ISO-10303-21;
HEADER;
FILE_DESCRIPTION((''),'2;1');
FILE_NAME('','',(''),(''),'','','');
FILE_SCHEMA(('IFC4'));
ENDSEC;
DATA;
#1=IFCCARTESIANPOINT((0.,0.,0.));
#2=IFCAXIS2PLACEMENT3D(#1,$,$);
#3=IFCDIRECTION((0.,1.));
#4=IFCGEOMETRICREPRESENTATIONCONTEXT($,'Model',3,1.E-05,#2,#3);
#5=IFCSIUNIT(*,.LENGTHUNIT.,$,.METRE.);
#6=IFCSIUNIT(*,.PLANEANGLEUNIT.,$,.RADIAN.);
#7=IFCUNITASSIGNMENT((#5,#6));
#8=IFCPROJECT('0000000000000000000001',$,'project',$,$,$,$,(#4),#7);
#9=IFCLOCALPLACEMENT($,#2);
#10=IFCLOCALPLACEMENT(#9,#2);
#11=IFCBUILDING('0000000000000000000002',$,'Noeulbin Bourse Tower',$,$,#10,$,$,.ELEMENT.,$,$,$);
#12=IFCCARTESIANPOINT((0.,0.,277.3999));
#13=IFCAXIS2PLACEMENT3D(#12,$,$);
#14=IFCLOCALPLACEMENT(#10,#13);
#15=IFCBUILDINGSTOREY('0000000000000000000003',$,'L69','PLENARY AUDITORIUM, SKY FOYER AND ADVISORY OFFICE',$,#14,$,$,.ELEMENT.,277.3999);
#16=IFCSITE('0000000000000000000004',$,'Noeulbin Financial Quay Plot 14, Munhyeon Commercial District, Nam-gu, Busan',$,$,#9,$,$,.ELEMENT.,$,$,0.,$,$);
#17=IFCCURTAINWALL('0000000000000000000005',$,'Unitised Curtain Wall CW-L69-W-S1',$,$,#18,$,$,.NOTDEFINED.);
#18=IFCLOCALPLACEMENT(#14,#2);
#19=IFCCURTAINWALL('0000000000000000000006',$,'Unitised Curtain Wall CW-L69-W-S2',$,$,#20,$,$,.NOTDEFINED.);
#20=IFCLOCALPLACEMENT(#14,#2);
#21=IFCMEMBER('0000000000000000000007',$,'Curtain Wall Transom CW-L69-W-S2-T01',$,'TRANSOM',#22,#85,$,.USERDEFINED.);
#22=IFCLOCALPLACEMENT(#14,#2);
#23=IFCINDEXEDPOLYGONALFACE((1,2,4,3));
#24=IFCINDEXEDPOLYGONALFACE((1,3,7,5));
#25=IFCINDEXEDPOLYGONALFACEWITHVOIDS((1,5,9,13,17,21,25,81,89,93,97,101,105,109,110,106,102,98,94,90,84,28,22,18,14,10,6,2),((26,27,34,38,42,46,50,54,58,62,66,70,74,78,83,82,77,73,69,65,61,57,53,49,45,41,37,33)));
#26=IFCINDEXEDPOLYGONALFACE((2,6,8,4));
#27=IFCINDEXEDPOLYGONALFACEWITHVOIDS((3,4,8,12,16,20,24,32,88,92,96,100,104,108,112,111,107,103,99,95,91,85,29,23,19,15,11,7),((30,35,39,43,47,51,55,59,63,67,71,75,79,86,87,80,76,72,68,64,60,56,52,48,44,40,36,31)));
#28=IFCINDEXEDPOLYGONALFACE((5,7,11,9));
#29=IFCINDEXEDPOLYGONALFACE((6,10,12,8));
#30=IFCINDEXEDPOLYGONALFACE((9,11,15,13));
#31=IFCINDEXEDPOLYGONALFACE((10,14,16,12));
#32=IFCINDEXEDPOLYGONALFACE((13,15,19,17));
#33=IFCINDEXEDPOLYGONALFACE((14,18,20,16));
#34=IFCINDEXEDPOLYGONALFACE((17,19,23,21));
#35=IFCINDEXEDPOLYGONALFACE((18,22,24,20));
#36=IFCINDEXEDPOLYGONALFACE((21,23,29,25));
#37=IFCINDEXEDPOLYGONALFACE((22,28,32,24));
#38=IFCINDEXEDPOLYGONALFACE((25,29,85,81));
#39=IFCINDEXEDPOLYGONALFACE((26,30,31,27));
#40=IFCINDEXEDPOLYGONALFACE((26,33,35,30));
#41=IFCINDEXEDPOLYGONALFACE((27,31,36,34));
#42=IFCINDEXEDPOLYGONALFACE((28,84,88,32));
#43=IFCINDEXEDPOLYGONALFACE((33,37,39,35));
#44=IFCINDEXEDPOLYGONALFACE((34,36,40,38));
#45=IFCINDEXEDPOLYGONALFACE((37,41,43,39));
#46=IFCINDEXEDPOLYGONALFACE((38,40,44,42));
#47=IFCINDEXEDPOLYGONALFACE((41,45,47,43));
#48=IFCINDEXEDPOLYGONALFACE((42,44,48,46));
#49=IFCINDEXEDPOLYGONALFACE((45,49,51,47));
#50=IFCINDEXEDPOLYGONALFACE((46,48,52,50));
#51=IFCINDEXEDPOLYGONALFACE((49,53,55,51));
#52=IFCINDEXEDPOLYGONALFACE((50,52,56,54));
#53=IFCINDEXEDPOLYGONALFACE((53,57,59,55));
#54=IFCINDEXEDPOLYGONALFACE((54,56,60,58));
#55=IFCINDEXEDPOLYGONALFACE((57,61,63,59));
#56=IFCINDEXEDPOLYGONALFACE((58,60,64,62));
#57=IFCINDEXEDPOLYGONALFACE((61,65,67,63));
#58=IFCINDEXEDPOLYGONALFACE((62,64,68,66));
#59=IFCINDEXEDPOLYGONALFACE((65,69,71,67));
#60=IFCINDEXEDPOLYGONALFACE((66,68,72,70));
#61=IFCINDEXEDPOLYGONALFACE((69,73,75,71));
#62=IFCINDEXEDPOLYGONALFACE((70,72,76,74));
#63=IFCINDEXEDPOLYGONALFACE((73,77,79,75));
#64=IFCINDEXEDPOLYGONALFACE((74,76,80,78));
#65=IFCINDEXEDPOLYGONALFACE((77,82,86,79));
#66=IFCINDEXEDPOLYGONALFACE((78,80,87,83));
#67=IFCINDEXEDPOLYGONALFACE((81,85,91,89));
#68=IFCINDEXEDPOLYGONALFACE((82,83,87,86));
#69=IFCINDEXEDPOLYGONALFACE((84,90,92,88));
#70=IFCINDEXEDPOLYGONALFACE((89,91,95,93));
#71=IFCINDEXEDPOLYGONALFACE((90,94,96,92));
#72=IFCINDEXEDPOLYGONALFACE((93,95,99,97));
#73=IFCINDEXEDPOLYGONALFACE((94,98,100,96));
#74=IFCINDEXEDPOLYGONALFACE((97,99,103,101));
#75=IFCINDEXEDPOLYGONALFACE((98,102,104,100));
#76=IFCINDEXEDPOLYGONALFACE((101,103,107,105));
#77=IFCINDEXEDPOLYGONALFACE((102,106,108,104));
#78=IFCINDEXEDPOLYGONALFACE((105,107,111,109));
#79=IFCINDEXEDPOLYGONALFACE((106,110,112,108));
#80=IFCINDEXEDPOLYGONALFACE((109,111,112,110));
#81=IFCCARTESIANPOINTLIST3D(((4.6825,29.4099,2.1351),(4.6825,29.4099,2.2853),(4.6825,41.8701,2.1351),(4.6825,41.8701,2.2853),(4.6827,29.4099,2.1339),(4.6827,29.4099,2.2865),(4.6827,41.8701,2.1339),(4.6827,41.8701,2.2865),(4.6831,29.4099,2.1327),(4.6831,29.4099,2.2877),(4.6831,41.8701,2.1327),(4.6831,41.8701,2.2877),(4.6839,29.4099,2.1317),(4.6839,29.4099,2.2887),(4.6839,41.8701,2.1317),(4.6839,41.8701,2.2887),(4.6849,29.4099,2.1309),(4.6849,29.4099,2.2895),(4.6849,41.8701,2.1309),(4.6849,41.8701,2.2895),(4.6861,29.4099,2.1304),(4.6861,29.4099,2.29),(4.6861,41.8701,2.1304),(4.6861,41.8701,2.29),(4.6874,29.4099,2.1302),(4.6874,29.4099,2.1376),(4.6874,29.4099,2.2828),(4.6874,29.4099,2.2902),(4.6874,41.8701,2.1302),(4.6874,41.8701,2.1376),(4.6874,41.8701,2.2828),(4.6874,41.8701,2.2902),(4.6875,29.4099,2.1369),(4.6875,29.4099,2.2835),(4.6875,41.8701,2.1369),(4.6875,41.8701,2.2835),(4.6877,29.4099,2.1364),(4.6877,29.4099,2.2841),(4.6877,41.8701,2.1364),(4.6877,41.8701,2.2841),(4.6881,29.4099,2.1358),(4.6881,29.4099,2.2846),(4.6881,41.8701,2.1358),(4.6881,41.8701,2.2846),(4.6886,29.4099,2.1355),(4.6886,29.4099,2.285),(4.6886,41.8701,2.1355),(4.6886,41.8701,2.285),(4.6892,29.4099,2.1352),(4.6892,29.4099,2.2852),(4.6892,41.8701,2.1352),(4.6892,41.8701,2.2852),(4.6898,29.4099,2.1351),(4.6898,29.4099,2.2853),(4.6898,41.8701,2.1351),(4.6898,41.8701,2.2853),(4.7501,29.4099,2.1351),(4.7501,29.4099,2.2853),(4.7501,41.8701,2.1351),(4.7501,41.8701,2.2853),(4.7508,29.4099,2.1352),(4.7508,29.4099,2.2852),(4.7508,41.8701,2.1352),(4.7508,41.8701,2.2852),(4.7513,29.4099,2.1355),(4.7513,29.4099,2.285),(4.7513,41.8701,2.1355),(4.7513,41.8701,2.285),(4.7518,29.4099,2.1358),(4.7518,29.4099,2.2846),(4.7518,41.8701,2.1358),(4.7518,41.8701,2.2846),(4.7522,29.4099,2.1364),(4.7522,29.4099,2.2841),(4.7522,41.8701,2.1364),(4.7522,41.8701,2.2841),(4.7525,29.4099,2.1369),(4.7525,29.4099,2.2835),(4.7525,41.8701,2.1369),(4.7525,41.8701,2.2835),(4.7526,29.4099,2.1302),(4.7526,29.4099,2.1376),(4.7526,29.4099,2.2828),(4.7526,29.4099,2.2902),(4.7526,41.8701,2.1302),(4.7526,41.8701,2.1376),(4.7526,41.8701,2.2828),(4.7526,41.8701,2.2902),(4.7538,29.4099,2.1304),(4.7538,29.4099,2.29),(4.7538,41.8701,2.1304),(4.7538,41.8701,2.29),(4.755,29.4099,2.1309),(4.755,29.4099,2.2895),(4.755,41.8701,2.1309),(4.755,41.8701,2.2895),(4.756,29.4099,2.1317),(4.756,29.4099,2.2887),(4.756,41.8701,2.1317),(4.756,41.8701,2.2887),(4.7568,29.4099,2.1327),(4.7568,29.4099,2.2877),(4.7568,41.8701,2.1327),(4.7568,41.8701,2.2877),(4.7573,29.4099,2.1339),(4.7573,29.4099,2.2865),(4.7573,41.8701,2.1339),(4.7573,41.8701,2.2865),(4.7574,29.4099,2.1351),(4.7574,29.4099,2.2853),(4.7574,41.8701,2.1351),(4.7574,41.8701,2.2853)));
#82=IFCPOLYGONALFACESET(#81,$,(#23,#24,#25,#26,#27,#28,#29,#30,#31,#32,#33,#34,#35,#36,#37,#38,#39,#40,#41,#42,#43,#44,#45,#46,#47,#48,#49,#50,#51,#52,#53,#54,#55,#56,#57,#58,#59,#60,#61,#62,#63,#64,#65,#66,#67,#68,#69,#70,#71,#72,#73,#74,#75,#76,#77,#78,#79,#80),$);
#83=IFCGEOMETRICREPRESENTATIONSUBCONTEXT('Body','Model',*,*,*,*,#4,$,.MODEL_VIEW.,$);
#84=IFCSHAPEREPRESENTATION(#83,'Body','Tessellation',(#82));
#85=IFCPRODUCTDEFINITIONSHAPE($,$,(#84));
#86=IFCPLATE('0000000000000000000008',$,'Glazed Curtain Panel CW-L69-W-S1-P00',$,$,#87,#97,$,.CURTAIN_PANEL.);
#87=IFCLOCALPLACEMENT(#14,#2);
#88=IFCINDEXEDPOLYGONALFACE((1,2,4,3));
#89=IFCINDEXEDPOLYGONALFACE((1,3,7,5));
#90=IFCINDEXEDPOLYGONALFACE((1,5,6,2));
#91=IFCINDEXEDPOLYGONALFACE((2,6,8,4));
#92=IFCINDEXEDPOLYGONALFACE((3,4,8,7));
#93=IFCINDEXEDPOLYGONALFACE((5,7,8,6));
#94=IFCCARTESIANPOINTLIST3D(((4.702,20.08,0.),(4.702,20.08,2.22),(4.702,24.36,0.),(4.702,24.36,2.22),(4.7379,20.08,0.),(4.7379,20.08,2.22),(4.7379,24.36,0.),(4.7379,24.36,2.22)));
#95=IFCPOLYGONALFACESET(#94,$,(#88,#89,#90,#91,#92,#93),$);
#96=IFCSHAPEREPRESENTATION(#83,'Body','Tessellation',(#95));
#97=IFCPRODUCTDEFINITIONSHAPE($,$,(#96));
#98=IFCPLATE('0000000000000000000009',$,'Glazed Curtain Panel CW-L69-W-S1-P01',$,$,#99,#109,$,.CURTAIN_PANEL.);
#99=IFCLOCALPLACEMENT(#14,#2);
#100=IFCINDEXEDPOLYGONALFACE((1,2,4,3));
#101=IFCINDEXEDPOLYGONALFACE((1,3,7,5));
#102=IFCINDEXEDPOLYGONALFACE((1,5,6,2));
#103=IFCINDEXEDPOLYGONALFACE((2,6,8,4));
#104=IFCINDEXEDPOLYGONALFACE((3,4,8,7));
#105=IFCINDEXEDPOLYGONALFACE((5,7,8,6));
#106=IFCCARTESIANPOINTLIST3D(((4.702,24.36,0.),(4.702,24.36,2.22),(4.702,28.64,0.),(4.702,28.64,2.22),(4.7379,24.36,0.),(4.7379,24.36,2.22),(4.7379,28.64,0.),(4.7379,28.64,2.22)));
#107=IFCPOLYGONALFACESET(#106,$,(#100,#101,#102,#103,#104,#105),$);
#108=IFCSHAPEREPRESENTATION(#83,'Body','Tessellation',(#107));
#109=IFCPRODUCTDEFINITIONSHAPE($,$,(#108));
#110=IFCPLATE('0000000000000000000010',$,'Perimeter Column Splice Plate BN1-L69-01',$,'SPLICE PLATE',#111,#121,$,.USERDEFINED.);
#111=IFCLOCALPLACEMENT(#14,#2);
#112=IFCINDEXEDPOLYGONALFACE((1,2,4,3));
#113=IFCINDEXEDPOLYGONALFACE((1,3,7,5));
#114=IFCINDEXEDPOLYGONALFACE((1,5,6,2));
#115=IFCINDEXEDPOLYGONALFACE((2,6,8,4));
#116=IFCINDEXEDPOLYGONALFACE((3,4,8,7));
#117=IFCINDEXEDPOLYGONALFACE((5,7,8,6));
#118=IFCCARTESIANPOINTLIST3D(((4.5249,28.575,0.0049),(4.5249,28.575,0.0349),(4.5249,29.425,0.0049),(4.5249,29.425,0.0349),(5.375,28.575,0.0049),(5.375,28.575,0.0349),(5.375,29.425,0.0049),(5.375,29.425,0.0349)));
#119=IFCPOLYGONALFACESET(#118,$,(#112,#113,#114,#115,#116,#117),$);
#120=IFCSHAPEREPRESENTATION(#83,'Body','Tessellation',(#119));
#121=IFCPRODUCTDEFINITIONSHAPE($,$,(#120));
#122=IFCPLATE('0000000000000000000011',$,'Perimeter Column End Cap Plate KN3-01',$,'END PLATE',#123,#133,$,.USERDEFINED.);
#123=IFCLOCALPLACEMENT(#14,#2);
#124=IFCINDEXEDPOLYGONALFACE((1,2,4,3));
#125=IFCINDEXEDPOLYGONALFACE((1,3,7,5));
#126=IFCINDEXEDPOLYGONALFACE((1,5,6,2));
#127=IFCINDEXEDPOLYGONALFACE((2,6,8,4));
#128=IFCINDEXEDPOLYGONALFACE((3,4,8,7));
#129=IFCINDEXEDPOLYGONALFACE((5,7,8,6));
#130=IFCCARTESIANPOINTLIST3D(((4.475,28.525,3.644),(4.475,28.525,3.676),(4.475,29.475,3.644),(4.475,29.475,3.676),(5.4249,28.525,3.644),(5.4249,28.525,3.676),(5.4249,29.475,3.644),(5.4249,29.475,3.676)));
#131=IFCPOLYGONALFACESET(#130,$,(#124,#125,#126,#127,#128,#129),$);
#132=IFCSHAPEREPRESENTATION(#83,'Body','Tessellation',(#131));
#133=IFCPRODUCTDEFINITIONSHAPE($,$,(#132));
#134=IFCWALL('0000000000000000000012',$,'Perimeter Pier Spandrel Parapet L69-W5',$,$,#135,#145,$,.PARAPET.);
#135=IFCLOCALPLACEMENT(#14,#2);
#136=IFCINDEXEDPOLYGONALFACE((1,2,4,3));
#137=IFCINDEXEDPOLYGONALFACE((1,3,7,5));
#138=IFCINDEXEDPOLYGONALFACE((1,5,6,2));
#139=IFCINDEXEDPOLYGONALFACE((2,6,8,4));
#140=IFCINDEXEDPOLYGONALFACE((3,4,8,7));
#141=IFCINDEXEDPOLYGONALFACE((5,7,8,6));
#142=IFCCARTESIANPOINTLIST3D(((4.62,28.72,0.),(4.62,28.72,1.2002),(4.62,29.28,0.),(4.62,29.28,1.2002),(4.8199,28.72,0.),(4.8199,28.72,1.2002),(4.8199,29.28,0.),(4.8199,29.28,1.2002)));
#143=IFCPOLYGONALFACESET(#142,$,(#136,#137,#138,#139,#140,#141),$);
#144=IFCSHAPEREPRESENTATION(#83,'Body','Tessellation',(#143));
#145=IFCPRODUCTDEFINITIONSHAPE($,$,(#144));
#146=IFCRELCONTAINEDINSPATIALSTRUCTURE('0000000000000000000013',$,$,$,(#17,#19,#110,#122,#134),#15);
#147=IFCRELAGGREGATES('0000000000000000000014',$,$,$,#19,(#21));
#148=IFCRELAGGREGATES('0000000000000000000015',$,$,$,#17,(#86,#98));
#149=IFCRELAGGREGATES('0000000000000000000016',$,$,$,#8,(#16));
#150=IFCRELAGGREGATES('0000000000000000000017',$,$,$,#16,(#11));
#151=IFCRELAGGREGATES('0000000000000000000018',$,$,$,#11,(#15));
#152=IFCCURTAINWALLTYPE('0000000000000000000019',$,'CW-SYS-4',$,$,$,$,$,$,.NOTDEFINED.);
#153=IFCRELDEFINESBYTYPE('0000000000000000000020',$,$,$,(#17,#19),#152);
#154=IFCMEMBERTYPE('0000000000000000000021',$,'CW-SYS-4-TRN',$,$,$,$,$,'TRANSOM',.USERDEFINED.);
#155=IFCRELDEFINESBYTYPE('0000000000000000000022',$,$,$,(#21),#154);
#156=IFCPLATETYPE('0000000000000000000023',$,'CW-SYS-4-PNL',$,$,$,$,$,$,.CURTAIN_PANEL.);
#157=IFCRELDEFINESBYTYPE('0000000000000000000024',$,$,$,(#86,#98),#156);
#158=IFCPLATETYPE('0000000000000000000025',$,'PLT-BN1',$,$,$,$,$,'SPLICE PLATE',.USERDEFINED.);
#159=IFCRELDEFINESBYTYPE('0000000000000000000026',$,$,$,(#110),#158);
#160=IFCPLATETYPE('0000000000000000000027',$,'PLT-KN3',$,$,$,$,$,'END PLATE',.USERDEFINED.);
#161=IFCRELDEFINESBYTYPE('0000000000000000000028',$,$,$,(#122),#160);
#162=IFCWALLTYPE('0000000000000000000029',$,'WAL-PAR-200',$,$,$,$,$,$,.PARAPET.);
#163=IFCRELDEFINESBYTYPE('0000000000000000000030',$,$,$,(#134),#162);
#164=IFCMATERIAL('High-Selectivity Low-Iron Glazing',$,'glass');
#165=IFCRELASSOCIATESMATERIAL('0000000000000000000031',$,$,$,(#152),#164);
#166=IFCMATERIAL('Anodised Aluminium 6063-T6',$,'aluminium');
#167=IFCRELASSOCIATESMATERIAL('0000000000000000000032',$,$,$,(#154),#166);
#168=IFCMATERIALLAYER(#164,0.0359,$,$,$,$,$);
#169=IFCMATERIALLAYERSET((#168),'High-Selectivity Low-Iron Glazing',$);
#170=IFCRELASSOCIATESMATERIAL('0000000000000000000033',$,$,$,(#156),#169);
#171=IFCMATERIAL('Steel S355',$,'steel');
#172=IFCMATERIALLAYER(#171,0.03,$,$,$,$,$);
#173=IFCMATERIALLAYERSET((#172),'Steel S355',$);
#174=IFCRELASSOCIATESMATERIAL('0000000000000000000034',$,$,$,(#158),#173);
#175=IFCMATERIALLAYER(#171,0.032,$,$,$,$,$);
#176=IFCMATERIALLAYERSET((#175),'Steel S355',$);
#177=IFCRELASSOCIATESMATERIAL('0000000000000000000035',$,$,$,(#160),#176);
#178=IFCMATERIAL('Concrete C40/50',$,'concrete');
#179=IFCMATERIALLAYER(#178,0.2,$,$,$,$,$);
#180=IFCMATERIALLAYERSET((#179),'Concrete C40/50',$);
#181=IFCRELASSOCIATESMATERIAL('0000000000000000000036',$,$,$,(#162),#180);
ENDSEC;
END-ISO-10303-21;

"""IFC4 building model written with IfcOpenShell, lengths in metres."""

from ifc_helpers import new_model, si_unit, direction, frame, frame_2d, origin, origin_2d, place, context, subcontext, project, spatial, rectangle, hollow_rectangle, extrude, material, layer, layer_set, material_profile, profile_set, type_object, element, aggregate, save


model = new_model("IFC4")

# Units and contexts
model_context = context("Model", 3, precision=1e-05, world=origin(), true_north=direction((0.0, 1.0)))
body_context = subcontext(model_context, "Body", "Model", "MODEL_VIEW")
ifc_project = project(units=[si_unit("LENGTHUNIT", "METRE"), si_unit("PLANEANGLEUNIT", "RADIAN")], contexts=[model_context])

# Site, building, storey
site_placement = place(None, origin())
site = spatial("IfcSite", under=ifc_project, at=site_placement, Name="Noeulbin Financial Quay Plot 14, Munhyeon Commercial District, Nam-gu, Busan", CompositionType="ELEMENT", RefElevation=0.0)
building_placement = place(site_placement, origin())
building = spatial("IfcBuilding", under=site, at=building_placement, Name="Noeulbin Bourse Tower", CompositionType="ELEMENT")
storey_placement = place(building_placement, frame((0.0, 0.0, 277.3999)))
storey = spatial("IfcBuildingStorey", under=building, at=storey_placement, Name="L69", Description="PLENARY AUDITORIUM, SKY FOYER AND ADVISORY OFFICE", CompositionType="ELEMENT", Elevation=277.3999)

# Shared definitions
ifc_material_1 = material(Name="Steel S355", Category="steel")

# Curtain wall
ifc_material_2 = material(Name="High-Selectivity Low-Iron Glazing", Category="glass")
curtain_wall_type = type_object("IfcCurtainWallType", Name="CW-SYS-4", PredefinedType="NOTDEFINED", material=ifc_material_2)
curtain_wall_1_placement = place(storey_placement, origin())
curtain_wall_1 = element("IfcCurtainWall", 1, at=curtain_wall_1_placement, inside=storey, type_object=curtain_wall_type, Name="Unitised Curtain Wall CW-L69-W-S1", PredefinedType="NOTDEFINED")
ifc_material_3 = material(Name="Anodised Aluminium 6063-T6", Category="aluminium")

# Curtain wall
curtain_wall_2_placement = place(storey_placement, origin())
curtain_wall_2 = element("IfcCurtainWall", 2, at=curtain_wall_2_placement, inside=storey, type_object=curtain_wall_type, Name="Unitised Curtain Wall CW-L69-W-S2", PredefinedType="NOTDEFINED")

# Member
ifc_material_profile_1 = material_profile(ifc_material_3, hollow_rectangle(XDim=0.075, YDim=0.1599, WallThickness=0.0049, InnerFilletRadius=0.0024, OuterFilletRadius=0.0049, at=origin_2d()), Name="ALU-TRAN-75x160x5", Category="LoadBearing")
ifc_profile_set_1 = profile_set([ifc_material_profile_1], Name="Anodised Aluminium 6063-T6")
member_type_1 = type_object("IfcMemberType", Name="CW-SYS-4-TRN", ElementType="TRANSOM", PredefinedType="USERDEFINED", material=ifc_profile_set_1)
member_1_placement = place(storey_placement, frame((4.72, 29.4099, 2.2102), z_axis=(0.0, 1.0, 0.0), x_axis=(-1.0, 0.0, 0.0)))
member_1 = element("IfcMember", 3, at=member_1_placement, type_object=member_type_1, Name="Curtain Wall Transom CW-L69-W-S2-T01", ObjectType="TRANSOM", PredefinedType="USERDEFINED", context=body_context, shape_type="SweptSolid", body=[
    extrude(hollow_rectangle(XDim=0.075, YDim=0.1599, WallThickness=0.0049, InnerFilletRadius=0.0024, OuterFilletRadius=0.0049, at=origin_2d()), origin(), (0.0, 0.0, 1.0), 12.4602),
])
aggregate(curtain_wall_2, [member_1])

# Plates
ifc_layer_1 = layer(ifc_material_2, 0.0359)
ifc_layer_set_1 = layer_set([ifc_layer_1], Name="High-Selectivity Low-Iron Glazing")
plate_type_1 = type_object("IfcPlateType", Name="CW-SYS-4-PNL", PredefinedType="CURTAIN_PANEL", material=ifc_layer_set_1)
plate_1_placement = place(storey_placement, frame((4.72, 22.22, 0.0), z_axis=(0.0, 0.0, 1.0), x_axis=(0.0, 1.0, 0.0)))
plate_1 = element("IfcPlate", 4, at=plate_1_placement, type_object=plate_type_1, Name="Glazed Curtain Panel CW-L69-W-S1-P00", PredefinedType="CURTAIN_PANEL", context=body_context, shape_type="SweptSolid", body=[
    extrude(rectangle(XDim=4.28, YDim=0.0359, at=origin_2d()), origin(), (0.0, 0.0, 1.0), 2.22),
])
plate_2_placement = place(storey_placement, frame((4.72, 26.5, 0.0), z_axis=(0.0, 0.0, 1.0), x_axis=(0.0, 1.0, 0.0)))
plate_2 = element("IfcPlate", 5, at=plate_2_placement, type_object=plate_type_1, Name="Glazed Curtain Panel CW-L69-W-S1-P01", PredefinedType="CURTAIN_PANEL", context=body_context, shape_type="SweptSolid", body=[
    extrude(rectangle(XDim=4.28, YDim=0.0359, at=origin_2d()), origin(), (0.0, 0.0, 1.0), 2.22),
])
aggregate(curtain_wall_1, [plate_1, plate_2])

# Plates
ifc_layer_2 = layer(ifc_material_1, 0.03)
ifc_layer_set_2 = layer_set([ifc_layer_2], Name="Steel S355")
plate_type_2 = type_object("IfcPlateType", Name="PLT-BN1", ElementType="SPLICE PLATE", PredefinedType="USERDEFINED", material=ifc_layer_set_2)
plate_3_placement = place(storey_placement, frame((4.95, 29.0, 0.0049), z_axis=(0.0, 0.0, 1.0), x_axis=(1.0, 0.0, 0.0)))
element("IfcPlate", 6, at=plate_3_placement, inside=storey, type_object=plate_type_2, Name="Perimeter Column Splice Plate BN1-L69-01", ObjectType="SPLICE PLATE", PredefinedType="USERDEFINED", context=body_context, shape_type="SweptSolid", body=[
    extrude(rectangle(XDim=0.8501, YDim=0.8501, at=origin_2d()), origin(), (0.0, 0.0, 1.0), 0.03),
])
ifc_layer_3 = layer(ifc_material_1, 0.032)
ifc_layer_set_3 = layer_set([ifc_layer_3], Name="Steel S355")
plate_type_3 = type_object("IfcPlateType", Name="PLT-KN3", ElementType="END PLATE", PredefinedType="USERDEFINED", material=ifc_layer_set_3)
plate_4_placement = place(storey_placement, frame((4.95, 29.0, 3.644), z_axis=(0.0, 0.0, 1.0), x_axis=(1.0, 0.0, 0.0)))
element("IfcPlate", 7, at=plate_4_placement, inside=storey, type_object=plate_type_3, Name="Perimeter Column End Cap Plate KN3-01", ObjectType="END PLATE", PredefinedType="USERDEFINED", context=body_context, shape_type="SweptSolid", body=[
    extrude(rectangle(XDim=0.95, YDim=0.95, at=origin_2d()), origin(), (0.0, 0.0, 1.0), 0.032),
])

# Wall
ifc_material_4 = material(Name="Concrete C40/50", Category="concrete")
ifc_layer_4 = layer(ifc_material_4, 0.2)
ifc_layer_set_4 = layer_set([ifc_layer_4], Name="Concrete C40/50")
wall_type_1 = type_object("IfcWallType", Name="WAL-PAR-200", PredefinedType="PARAPET", material=ifc_layer_set_4)
wall_1_placement = place(storey_placement, frame((4.72, 28.72, 0.0), z_axis=(0.0, 0.0, 1.0), x_axis=(0.0, 1.0, 0.0)))
element("IfcWall", 8, at=wall_1_placement, inside=storey, type_object=wall_type_1, Name="Perimeter Pier Spandrel Parapet L69-W5", PredefinedType="PARAPET", context=body_context, shape_type="SweptSolid", body=[
    extrude(rectangle(XDim=0.5601, YDim=0.2, at=frame_2d((0.28, 0.0))), origin(), (0.0, 0.0, 1.0), 1.2002),
])

save(model, "model.ifc")
